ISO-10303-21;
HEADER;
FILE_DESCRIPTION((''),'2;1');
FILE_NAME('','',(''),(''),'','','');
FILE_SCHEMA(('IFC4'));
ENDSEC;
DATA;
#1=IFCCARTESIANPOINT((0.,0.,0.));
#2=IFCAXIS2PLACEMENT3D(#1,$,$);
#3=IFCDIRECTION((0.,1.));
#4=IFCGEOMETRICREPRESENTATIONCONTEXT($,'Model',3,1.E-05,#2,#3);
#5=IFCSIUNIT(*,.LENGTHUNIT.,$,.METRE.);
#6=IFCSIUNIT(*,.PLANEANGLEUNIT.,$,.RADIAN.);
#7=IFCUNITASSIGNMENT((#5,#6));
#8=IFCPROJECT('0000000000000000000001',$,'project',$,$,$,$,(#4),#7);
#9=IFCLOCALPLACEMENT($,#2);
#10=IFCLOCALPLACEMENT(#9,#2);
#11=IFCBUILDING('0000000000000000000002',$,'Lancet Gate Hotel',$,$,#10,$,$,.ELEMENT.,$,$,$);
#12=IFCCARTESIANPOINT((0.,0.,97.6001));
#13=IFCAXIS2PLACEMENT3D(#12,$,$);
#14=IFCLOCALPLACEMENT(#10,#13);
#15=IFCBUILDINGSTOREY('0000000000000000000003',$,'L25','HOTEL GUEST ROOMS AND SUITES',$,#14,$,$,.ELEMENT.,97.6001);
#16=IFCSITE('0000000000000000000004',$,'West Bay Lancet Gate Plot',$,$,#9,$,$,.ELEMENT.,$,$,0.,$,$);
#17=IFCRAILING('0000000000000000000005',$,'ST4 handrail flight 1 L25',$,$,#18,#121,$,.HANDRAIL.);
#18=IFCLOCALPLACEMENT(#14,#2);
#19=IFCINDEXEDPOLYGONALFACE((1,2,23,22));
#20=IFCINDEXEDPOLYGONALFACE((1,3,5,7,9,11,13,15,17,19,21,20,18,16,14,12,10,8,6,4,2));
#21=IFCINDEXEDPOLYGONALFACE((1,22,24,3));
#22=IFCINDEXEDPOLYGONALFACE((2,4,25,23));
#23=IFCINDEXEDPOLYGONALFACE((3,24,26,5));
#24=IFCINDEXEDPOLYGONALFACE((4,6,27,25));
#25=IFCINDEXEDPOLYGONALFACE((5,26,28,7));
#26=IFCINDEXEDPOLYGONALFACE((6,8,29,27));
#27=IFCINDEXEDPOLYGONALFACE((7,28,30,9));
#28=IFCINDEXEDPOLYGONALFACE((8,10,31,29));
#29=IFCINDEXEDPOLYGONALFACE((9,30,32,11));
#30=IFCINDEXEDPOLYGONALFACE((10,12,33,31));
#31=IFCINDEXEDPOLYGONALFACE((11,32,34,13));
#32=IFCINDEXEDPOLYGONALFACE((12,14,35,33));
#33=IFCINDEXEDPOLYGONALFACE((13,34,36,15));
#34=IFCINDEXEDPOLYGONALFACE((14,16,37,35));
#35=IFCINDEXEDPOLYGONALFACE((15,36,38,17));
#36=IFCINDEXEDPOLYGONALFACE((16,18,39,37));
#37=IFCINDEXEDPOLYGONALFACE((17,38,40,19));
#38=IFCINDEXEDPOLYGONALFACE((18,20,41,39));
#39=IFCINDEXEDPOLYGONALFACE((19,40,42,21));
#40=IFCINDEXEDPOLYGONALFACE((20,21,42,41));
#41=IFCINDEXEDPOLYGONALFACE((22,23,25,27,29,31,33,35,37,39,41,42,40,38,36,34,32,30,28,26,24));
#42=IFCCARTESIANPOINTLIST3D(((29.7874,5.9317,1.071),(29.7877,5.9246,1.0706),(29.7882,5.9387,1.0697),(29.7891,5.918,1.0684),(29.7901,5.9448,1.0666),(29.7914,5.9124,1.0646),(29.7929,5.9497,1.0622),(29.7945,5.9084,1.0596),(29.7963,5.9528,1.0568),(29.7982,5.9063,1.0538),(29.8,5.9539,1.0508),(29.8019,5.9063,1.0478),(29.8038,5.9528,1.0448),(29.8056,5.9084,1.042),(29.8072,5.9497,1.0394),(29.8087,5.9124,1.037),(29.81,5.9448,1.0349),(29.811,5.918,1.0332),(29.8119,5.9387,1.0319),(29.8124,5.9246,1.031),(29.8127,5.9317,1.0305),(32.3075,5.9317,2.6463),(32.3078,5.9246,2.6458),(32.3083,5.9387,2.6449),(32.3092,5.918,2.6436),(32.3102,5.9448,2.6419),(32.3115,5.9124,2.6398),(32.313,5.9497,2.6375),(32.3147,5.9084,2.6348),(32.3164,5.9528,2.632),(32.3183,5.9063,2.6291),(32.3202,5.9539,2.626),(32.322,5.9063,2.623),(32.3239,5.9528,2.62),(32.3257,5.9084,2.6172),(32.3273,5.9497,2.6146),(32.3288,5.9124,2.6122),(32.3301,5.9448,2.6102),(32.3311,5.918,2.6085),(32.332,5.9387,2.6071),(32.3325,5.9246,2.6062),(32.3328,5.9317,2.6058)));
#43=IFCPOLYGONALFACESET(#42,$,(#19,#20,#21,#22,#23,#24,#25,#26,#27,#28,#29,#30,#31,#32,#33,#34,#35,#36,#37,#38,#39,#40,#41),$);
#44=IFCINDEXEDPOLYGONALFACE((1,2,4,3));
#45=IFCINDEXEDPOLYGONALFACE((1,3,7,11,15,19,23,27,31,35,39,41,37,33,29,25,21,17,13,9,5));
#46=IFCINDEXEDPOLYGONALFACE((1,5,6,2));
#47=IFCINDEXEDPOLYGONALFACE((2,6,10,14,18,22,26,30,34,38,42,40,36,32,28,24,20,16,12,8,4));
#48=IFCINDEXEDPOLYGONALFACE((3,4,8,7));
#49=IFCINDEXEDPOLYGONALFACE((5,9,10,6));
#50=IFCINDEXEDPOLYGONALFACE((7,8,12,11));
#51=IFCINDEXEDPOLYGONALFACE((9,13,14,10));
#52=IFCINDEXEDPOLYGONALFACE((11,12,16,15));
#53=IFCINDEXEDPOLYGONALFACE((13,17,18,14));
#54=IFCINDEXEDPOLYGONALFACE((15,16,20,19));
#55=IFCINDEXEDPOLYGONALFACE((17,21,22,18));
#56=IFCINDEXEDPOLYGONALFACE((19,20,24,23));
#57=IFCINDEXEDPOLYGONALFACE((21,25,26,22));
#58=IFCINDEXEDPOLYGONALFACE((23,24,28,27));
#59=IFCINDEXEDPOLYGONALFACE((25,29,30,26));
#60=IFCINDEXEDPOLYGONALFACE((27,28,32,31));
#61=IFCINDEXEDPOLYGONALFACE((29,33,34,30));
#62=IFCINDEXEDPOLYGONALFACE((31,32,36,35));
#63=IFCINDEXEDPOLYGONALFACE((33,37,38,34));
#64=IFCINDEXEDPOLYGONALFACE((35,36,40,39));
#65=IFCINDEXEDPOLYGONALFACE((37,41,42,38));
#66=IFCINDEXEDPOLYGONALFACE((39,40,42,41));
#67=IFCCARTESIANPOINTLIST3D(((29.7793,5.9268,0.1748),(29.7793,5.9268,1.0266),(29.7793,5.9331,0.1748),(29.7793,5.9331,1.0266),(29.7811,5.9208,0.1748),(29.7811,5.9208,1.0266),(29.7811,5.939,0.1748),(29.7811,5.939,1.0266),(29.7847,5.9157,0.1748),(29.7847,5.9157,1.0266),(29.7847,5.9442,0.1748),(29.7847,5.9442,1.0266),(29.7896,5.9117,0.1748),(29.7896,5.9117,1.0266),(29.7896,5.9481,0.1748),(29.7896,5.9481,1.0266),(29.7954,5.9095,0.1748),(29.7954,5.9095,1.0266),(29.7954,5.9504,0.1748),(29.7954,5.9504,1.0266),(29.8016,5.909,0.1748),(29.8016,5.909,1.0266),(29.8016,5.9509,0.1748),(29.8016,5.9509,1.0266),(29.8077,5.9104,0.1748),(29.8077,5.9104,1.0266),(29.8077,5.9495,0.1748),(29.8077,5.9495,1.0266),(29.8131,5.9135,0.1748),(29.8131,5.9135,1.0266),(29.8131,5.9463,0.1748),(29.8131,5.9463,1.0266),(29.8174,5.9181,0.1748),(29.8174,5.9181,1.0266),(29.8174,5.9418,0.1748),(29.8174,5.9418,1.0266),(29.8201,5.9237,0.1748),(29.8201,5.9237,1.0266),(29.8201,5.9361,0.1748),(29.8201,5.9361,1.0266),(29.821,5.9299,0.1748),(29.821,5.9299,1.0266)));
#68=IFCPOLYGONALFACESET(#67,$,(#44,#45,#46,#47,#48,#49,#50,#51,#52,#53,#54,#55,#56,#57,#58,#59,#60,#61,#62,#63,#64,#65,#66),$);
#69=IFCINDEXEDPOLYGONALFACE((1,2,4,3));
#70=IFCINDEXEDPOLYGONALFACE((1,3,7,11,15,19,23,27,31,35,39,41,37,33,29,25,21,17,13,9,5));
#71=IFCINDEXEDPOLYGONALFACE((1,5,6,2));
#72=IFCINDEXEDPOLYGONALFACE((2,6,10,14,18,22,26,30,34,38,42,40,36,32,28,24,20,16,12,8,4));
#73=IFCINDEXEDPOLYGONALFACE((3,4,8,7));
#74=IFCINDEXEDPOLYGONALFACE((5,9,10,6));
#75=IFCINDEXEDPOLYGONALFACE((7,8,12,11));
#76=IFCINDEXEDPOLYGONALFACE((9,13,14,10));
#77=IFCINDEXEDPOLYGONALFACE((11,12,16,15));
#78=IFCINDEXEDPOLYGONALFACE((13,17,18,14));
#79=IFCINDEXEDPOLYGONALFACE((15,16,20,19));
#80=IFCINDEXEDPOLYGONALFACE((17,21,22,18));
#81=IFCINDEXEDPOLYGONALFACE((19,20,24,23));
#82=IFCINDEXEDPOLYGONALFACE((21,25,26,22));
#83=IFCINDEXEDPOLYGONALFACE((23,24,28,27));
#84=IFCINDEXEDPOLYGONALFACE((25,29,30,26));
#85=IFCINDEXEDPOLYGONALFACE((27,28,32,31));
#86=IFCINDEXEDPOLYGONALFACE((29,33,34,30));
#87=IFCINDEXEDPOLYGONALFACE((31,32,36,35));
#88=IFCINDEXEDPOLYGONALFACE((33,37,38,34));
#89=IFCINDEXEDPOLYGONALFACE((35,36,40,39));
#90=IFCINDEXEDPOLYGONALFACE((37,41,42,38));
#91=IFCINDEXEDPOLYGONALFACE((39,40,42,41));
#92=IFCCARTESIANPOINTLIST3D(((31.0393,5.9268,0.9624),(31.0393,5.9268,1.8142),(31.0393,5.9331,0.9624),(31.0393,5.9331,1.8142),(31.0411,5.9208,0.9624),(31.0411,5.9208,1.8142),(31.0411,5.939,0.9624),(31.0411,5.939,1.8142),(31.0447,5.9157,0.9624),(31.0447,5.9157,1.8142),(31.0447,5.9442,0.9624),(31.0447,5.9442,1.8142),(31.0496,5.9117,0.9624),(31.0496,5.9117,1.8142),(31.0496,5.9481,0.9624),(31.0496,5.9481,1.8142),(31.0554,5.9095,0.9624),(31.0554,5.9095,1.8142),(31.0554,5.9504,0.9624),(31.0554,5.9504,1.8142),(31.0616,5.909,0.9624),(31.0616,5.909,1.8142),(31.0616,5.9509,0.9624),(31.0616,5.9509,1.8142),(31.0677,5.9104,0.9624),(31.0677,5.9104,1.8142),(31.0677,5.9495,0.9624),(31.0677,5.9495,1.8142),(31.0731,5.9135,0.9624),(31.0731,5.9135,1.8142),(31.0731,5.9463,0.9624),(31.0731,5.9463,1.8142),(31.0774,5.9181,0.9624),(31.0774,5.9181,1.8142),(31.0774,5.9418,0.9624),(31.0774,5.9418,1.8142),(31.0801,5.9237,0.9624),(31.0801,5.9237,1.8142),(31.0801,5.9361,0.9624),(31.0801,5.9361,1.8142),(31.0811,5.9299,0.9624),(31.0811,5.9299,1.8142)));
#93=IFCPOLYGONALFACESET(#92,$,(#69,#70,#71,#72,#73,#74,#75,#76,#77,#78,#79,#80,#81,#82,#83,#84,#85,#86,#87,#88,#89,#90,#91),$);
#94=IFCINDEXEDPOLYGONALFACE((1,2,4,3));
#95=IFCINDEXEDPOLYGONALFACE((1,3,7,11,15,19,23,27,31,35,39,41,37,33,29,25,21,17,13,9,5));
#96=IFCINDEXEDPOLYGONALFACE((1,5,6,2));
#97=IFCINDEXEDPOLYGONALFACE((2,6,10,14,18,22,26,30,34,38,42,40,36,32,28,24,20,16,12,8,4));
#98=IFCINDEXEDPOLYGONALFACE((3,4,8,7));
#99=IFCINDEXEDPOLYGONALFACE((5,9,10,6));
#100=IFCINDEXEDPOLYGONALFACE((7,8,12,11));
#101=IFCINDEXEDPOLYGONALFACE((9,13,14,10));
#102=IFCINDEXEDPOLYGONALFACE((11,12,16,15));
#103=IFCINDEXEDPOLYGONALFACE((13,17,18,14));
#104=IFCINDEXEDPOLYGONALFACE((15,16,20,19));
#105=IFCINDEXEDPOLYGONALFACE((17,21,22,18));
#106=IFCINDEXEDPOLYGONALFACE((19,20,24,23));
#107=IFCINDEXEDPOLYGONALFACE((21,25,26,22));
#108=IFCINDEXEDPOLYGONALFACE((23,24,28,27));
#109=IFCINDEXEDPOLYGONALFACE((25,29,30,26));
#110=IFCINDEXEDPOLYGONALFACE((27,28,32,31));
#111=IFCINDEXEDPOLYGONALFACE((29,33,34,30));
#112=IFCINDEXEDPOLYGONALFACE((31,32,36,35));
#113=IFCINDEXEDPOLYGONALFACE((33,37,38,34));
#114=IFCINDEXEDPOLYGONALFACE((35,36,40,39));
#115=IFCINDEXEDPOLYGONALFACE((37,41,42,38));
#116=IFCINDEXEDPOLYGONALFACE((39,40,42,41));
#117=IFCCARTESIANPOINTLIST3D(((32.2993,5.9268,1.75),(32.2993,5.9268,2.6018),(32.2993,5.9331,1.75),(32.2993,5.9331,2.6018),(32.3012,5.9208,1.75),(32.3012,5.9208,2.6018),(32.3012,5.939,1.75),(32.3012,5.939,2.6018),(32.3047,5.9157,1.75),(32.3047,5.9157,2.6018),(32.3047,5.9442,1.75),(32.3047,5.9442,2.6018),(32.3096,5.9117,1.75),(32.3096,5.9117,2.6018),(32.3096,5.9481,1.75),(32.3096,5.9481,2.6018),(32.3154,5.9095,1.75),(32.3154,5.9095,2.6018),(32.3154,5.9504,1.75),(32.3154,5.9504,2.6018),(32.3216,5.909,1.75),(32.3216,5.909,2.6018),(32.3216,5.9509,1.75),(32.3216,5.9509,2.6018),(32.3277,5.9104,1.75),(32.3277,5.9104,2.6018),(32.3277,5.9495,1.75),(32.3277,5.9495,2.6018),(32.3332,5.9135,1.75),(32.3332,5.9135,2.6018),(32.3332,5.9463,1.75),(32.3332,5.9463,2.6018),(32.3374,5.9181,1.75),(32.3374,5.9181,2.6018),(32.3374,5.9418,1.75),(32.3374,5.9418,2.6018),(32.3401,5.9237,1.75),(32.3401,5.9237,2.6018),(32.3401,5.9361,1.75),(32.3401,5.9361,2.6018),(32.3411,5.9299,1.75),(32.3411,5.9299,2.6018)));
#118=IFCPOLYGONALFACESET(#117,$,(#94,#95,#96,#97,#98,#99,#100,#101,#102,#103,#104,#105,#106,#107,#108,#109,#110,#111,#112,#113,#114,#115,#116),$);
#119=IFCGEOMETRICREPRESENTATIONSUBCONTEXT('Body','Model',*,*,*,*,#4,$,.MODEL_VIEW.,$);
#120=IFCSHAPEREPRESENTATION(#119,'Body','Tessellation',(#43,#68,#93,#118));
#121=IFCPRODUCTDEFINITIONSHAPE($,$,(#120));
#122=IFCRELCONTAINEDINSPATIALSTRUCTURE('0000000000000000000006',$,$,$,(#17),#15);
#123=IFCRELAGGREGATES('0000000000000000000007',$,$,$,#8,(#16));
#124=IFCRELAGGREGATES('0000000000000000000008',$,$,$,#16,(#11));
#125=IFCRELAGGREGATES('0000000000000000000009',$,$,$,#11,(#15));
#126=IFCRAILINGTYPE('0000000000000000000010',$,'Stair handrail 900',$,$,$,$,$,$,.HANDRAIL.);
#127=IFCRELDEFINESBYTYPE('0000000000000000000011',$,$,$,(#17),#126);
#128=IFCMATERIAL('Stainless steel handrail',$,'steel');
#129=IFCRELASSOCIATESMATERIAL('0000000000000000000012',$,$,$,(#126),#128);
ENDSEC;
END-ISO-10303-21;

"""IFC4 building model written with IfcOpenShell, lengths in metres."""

from ifc_helpers import new_model, si_unit, direction, frame, origin, origin_2d, place, context, subcontext, project, spatial, circle, extrude, material, type_object, element, save


model = new_model("IFC4")

# Units and contexts
model_context = context("Model", 3, precision=1e-05, world=origin(), true_north=direction((0.0, 1.0)))
body_context = subcontext(model_context, "Body", "Model", "MODEL_VIEW")
ifc_project = project(units=[si_unit("LENGTHUNIT", "METRE"), si_unit("PLANEANGLEUNIT", "RADIAN")], contexts=[model_context])

# Site, building, storey
site_placement = place(None, origin())
site = spatial("IfcSite", under=ifc_project, at=site_placement, Name="West Bay Lancet Gate Plot", CompositionType="ELEMENT", RefElevation=0.0)
building_placement = place(site_placement, origin())
building = spatial("IfcBuilding", under=site, at=building_placement, Name="Lancet Gate Hotel", CompositionType="ELEMENT")
storey_placement = place(building_placement, frame((0.0, 0.0, 97.6001)))
storey = spatial("IfcBuildingStorey", under=building, at=storey_placement, Name="L25", Description="HOTEL GUEST ROOMS AND SUITES", CompositionType="ELEMENT", Elevation=97.6001)

# Railing
ifc_material_1 = material(Name="Stainless steel handrail", Category="steel")
railing_type = type_object("IfcRailingType", Name="Stair handrail 900", PredefinedType="HANDRAIL", material=ifc_material_1)
railing_1_placement = place(storey_placement, frame((29.8, 5.9299, 0.1748)))
element("IfcRailing", 1, at=railing_1_placement, inside=storey, type_object=railing_type, Name="ST4 handrail flight 1 L25", PredefinedType="HANDRAIL", context=body_context, shape_type="SweptSolid", body=[
    extrude(circle(Radius=0.0239, at=origin_2d()), frame((0.0, 0.0, 0.876), z_axis=(0.847971, 0.0, 0.530043), x_axis=(0.0, 1.0, 0.0)), (0.0, 0.0, 1.0), 2.9719),
    extrude(circle(Radius=0.021, at=origin_2d()), origin(), (0.0, 0.0, 1.0), 0.8518),
    extrude(circle(Radius=0.021, at=origin_2d()), frame((1.26, 0.0, 0.7876)), (0.0, 0.0, 1.0), 0.8518),
    extrude(circle(Radius=0.021, at=origin_2d()), frame((2.52, 0.0, 1.5752)), (0.0, 0.0, 1.0), 0.8518),
])

save(model, "model.ifc")
